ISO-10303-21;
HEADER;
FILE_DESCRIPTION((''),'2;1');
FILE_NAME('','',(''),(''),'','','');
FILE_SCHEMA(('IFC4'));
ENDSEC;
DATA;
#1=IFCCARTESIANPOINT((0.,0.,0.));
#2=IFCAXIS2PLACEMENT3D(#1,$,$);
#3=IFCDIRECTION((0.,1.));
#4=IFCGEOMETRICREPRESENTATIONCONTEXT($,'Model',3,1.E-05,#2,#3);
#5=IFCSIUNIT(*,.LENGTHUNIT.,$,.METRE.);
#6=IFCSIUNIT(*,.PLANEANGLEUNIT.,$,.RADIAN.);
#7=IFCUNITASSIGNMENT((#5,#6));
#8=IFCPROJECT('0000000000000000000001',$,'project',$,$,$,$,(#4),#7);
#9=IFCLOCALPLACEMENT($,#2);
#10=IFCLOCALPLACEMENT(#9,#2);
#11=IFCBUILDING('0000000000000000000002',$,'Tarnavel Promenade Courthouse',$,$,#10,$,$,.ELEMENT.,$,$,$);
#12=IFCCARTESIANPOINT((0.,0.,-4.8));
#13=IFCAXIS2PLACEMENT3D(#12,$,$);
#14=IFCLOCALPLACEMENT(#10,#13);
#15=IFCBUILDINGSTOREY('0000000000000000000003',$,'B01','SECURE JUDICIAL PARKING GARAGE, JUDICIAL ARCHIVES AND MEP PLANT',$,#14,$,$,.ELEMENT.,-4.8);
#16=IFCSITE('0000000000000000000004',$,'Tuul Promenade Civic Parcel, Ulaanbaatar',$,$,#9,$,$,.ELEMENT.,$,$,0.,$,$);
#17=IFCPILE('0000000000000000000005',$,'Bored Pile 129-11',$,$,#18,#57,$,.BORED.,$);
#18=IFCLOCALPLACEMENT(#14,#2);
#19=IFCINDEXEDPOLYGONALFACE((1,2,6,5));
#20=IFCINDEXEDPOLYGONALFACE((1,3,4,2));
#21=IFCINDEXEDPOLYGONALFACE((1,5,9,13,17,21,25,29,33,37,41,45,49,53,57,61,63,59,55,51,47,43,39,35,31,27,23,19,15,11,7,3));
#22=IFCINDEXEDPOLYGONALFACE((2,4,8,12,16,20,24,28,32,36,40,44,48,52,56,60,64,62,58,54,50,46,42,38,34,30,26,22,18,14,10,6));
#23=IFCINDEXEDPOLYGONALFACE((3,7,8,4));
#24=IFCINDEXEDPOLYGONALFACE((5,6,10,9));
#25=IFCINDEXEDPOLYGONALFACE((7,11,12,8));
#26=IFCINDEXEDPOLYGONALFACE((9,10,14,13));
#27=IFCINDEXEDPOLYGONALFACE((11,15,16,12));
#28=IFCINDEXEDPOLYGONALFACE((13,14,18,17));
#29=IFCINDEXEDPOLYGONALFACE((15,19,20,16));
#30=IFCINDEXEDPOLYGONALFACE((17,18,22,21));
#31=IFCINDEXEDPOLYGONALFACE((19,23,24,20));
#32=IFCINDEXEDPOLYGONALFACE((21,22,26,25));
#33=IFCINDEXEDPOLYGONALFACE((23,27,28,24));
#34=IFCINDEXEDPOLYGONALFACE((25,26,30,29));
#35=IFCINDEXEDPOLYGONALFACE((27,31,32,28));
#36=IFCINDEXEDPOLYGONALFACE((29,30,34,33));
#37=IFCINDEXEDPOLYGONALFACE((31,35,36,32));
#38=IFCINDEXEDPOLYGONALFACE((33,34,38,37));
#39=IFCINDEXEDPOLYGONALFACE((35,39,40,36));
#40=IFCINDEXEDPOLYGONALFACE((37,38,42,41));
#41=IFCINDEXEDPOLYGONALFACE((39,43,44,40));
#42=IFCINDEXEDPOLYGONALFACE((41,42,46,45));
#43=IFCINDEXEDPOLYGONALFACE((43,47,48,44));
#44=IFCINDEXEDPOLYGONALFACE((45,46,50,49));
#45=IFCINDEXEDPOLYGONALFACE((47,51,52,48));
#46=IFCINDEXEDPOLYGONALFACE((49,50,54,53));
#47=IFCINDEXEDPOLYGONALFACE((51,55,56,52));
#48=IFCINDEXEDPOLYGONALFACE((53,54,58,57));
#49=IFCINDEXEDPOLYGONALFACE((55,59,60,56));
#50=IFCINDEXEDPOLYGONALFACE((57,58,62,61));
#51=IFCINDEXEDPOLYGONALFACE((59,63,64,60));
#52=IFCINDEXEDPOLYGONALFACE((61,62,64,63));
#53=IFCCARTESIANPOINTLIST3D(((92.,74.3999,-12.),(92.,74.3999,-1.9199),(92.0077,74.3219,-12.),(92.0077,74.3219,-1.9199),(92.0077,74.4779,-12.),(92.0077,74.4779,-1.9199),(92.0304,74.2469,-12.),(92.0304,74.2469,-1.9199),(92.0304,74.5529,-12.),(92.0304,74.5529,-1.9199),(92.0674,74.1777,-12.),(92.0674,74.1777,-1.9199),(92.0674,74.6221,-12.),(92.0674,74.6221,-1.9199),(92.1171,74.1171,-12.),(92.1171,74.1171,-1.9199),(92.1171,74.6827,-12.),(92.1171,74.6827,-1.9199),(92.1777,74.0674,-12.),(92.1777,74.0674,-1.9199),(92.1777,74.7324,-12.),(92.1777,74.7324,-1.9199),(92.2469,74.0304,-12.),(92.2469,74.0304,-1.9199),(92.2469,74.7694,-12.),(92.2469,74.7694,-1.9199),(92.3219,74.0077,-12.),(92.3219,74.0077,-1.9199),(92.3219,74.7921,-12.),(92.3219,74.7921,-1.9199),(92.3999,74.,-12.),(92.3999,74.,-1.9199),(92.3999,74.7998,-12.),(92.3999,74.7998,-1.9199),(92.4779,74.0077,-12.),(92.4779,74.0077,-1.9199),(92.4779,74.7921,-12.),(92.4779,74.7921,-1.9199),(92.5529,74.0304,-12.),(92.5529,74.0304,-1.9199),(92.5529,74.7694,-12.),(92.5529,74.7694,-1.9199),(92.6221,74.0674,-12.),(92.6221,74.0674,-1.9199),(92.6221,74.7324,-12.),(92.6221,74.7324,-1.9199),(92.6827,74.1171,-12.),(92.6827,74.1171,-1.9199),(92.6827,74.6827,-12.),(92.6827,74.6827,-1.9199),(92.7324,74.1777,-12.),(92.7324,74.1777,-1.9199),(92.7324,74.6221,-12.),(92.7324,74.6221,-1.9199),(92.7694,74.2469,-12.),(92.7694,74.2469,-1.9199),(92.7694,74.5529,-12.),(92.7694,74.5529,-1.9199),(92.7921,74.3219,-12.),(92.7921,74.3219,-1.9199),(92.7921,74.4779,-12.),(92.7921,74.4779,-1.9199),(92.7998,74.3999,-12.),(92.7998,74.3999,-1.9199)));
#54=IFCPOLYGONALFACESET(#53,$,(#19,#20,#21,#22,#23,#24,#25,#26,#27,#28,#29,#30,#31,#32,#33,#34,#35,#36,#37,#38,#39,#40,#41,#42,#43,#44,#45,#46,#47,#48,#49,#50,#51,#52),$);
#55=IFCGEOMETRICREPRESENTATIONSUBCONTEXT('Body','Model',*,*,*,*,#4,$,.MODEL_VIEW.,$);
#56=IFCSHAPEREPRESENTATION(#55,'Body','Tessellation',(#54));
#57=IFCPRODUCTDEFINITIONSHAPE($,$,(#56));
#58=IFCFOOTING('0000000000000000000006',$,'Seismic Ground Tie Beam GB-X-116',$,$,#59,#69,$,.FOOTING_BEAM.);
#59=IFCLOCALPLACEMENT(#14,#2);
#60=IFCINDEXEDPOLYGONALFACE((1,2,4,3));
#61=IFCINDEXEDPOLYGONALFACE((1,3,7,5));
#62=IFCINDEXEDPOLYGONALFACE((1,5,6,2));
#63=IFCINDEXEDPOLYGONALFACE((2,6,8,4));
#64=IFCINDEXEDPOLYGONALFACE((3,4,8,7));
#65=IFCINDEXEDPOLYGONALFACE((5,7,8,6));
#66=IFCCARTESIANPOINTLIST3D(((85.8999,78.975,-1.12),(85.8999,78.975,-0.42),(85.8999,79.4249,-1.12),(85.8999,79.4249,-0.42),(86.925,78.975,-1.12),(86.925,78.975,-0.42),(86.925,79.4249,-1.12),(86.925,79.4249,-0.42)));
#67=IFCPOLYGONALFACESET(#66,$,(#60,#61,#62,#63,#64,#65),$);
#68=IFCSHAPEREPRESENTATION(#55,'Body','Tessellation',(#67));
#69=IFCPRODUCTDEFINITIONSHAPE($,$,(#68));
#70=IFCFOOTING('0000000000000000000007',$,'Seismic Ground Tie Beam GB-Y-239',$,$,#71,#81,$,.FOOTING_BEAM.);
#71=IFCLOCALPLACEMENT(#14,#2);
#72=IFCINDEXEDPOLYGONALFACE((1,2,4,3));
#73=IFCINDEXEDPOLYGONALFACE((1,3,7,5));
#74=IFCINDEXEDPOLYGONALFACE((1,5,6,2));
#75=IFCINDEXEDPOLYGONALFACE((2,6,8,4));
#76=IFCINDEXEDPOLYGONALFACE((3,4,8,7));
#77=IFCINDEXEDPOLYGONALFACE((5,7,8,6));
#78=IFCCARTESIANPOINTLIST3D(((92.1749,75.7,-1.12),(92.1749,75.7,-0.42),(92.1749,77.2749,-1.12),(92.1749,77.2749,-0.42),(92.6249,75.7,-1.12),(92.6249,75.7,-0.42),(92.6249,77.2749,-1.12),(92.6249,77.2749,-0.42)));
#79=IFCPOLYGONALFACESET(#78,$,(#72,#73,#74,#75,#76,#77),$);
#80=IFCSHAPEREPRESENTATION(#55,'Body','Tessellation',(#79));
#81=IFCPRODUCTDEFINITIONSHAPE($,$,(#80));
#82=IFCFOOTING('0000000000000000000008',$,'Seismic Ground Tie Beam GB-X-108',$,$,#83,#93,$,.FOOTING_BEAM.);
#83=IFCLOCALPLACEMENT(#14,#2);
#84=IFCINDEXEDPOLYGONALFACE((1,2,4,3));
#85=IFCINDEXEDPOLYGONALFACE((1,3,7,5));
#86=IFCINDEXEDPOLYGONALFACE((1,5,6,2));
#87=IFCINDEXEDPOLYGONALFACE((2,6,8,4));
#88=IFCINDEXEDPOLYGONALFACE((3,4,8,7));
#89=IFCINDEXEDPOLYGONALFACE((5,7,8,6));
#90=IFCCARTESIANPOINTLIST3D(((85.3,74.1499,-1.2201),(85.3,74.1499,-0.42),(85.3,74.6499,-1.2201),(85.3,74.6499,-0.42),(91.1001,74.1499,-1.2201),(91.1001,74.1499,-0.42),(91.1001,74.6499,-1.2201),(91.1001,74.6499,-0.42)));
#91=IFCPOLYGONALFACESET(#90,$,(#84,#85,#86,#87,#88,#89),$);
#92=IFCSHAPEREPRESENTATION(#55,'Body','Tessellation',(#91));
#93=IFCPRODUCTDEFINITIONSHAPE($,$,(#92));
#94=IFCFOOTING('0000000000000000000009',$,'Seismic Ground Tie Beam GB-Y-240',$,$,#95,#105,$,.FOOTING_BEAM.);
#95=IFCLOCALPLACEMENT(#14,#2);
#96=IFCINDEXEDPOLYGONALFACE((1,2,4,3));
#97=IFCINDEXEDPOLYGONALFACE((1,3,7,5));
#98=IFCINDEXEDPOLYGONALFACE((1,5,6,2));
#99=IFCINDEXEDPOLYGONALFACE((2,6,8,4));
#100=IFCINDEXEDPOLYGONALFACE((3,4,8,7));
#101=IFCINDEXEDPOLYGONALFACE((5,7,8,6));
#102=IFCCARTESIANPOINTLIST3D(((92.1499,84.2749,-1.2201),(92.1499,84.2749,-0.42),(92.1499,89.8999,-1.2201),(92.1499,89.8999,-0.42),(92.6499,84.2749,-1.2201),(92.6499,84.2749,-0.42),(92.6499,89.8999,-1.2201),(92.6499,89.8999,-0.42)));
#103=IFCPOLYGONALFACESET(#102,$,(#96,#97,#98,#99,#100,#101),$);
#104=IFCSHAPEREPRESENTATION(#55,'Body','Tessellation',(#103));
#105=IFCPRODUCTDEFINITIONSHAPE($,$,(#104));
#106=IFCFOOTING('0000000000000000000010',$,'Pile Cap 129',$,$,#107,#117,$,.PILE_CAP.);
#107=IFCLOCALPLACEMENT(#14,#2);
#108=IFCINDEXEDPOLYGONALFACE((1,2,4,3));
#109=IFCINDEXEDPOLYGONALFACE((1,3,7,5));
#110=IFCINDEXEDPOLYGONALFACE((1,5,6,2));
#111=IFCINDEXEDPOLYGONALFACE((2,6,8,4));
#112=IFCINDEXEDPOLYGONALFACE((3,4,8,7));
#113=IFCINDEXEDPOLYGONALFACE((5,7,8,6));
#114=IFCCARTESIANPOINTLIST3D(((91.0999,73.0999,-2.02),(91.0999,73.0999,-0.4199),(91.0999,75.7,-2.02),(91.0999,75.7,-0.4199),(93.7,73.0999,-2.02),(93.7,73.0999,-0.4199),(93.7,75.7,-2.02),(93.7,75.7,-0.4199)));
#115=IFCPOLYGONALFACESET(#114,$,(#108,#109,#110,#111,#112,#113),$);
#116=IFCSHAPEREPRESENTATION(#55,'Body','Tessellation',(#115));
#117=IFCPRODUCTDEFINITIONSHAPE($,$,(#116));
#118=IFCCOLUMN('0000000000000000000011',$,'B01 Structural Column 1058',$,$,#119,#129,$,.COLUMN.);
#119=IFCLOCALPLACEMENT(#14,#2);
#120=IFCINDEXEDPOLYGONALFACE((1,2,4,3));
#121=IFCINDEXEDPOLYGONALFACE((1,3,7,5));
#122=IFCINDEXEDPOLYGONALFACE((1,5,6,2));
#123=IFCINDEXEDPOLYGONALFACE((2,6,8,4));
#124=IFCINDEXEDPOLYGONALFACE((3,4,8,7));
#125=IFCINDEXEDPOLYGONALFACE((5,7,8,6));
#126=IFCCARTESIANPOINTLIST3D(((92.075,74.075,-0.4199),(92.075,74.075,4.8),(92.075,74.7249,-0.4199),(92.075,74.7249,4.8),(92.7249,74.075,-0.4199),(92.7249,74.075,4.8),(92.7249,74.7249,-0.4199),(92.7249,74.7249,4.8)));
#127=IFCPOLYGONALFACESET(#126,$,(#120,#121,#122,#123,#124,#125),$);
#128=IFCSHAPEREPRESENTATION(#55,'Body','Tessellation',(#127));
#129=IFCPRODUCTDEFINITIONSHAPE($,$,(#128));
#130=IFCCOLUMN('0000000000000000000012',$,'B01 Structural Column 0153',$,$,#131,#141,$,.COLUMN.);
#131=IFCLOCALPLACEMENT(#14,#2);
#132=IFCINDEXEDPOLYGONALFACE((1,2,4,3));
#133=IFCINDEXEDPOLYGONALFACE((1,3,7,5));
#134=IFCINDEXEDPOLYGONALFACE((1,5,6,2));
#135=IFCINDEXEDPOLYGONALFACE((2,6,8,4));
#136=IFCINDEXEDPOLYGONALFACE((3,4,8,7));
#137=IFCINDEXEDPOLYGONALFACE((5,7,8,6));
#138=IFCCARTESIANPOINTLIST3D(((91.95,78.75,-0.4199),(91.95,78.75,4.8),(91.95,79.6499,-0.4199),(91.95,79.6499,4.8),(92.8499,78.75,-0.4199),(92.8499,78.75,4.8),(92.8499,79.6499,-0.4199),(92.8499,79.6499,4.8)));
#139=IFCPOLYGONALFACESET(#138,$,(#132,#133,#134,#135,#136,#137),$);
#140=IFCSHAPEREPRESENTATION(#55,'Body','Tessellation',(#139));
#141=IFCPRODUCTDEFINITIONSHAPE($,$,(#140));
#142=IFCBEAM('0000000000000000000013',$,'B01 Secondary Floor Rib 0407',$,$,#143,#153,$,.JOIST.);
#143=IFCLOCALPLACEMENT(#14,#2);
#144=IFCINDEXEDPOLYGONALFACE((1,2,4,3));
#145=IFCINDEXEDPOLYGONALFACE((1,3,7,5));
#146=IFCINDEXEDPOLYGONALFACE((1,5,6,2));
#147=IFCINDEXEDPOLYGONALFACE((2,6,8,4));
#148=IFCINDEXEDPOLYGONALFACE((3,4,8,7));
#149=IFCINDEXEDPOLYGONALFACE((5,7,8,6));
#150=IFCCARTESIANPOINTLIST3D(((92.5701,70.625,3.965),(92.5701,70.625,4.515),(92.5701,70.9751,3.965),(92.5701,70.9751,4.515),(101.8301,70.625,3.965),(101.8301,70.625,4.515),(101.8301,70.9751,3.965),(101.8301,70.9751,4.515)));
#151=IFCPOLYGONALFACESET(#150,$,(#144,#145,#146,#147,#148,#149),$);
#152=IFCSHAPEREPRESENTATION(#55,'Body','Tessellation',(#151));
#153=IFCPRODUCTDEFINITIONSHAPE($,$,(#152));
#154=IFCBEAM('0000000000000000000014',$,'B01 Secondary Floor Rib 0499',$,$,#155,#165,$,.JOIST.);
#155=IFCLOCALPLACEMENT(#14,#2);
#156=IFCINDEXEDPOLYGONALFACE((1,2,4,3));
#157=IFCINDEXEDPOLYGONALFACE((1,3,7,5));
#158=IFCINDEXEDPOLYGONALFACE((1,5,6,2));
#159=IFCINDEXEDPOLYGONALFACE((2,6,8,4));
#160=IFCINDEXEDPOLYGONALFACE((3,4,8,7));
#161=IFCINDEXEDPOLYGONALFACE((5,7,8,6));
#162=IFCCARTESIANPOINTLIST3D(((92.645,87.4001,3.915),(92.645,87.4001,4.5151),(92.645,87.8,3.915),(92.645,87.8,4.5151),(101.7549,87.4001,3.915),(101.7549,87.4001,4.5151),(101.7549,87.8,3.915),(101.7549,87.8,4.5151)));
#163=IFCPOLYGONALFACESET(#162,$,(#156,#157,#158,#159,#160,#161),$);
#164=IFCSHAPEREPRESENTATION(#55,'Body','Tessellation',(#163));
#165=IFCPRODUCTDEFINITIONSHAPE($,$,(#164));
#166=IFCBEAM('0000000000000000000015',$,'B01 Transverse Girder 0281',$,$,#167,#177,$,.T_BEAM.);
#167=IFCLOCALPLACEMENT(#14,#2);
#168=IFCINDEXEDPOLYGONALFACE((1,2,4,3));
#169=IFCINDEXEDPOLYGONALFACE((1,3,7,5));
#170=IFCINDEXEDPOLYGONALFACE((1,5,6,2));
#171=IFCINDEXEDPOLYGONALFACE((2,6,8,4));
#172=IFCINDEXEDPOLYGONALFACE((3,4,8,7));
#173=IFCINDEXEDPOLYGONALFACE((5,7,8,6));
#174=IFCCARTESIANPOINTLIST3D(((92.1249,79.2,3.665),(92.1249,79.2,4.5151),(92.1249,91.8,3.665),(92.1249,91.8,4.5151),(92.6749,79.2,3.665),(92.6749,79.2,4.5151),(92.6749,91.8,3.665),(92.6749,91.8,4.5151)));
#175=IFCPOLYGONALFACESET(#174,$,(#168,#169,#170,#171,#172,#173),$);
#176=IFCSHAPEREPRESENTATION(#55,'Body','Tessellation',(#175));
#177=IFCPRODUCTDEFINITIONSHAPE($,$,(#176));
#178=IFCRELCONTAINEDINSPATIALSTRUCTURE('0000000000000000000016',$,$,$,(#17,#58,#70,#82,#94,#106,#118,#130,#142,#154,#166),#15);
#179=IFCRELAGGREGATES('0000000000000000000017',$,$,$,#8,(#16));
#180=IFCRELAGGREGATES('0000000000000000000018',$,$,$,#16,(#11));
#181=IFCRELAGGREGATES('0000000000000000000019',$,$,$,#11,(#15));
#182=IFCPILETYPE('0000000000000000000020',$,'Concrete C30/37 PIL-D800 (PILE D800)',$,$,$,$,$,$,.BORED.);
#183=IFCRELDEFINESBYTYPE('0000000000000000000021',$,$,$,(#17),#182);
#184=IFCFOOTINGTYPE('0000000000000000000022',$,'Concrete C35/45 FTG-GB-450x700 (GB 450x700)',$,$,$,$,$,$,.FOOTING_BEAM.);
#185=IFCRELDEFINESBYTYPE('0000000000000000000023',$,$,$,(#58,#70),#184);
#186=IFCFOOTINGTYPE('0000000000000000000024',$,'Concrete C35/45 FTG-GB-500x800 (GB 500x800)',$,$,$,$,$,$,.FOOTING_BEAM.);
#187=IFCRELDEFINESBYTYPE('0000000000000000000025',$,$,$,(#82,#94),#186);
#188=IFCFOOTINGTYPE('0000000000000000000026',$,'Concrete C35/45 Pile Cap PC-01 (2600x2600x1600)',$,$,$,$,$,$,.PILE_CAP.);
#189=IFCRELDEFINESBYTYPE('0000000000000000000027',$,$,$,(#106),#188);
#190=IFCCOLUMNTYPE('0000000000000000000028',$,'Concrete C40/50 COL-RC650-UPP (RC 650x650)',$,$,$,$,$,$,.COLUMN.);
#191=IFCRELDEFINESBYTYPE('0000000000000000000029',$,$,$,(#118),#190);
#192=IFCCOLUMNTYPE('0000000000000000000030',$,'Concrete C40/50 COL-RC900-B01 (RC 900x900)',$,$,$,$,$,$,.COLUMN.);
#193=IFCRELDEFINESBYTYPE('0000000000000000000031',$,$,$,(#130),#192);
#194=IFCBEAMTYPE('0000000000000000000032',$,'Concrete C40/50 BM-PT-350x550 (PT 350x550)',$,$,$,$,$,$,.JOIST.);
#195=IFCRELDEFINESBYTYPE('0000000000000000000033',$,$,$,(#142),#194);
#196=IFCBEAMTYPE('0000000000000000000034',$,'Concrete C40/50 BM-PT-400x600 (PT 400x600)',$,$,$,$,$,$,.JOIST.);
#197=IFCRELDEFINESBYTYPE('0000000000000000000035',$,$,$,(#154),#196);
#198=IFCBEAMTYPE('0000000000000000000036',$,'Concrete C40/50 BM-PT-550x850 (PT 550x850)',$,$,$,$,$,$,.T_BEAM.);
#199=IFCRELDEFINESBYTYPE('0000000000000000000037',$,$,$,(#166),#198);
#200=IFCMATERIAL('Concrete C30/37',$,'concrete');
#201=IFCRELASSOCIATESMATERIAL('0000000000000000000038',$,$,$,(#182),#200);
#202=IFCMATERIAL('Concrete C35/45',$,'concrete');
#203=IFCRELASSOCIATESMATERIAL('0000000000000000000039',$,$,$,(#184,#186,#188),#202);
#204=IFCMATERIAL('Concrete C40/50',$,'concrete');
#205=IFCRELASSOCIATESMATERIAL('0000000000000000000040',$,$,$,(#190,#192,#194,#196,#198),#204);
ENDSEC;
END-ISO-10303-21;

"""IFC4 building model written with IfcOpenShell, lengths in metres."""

from ifc_helpers import new_model, si_unit, direction, frame, origin, origin_2d, place, context, subcontext, project, spatial, rectangle, circle, extrude, material, material_profile, profile_set, type_object, element, save


model = new_model("IFC4")

# Units and contexts
model_context = context("Model", 3, precision=1e-05, world=origin(), true_north=direction((0.0, 1.0)))
body_context = subcontext(model_context, "Body", "Model", "MODEL_VIEW")
ifc_project = project(units=[si_unit("LENGTHUNIT", "METRE"), si_unit("PLANEANGLEUNIT", "RADIAN")], contexts=[model_context])

# Site, building, storey
site_placement = place(None, origin())
site = spatial("IfcSite", under=ifc_project, at=site_placement, Name="Tuul Promenade Civic Parcel, Ulaanbaatar", CompositionType="ELEMENT", RefElevation=0.0)
building_placement = place(site_placement, origin())
building = spatial("IfcBuilding", under=site, at=building_placement, Name="Tarnavel Promenade Courthouse", CompositionType="ELEMENT")
storey_placement = place(building_placement, frame((0.0, 0.0, -4.8)))
storey = spatial("IfcBuildingStorey", under=building, at=storey_placement, Name="B01", Description="SECURE JUDICIAL PARKING GARAGE, JUDICIAL ARCHIVES AND MEP PLANT", CompositionType="ELEMENT", Elevation=-4.8)

# Pile
ifc_material_1 = material(Name="Concrete C30/37", Category="concrete")
ifc_material_profile_1 = material_profile(ifc_material_1, circle(Radius=0.3999, at=origin_2d()), Name="PILE D800")
ifc_profile_set_1 = profile_set([ifc_material_profile_1], Name="Concrete C30/37")
pile_type_1 = type_object("IfcPileType", Name="Concrete C30/37 PIL-D800 (PILE D800)", PredefinedType="BORED", material=ifc_profile_set_1)
pile_placement = place(storey_placement, frame((92.3999, 74.3999, -1.9199), z_axis=(0.0, 0.0, -1.0), x_axis=(1.0, 0.0, 0.0)))
element("IfcPile", 1, at=pile_placement, inside=storey, type_object=pile_type_1, Name="Bored Pile 129-11", PredefinedType="BORED", context=body_context, shape_type="SweptSolid", body=[
    extrude(circle(Radius=0.3999, at=origin_2d()), origin(), (0.0, 0.0, 1.0), 10.0801),
])

# Footings
ifc_material_2 = material(Name="Concrete C35/45", Category="concrete")
ifc_material_profile_2 = material_profile(ifc_material_2, rectangle(XDim=0.45, YDim=0.7, at=origin_2d()), Name="GB 450x700")
ifc_profile_set_2 = profile_set([ifc_material_profile_2], Name="Concrete C35/45")
footing_type_1 = type_object("IfcFootingType", Name="Concrete C35/45 FTG-GB-450x700 (GB 450x700)", PredefinedType="FOOTING_BEAM", material=ifc_profile_set_2)
footing_1_placement = place(storey_placement, frame((85.8999, 79.2, -0.77), z_axis=(1.0, 0.0, 0.0), x_axis=(0.0, 1.0, 0.0)))
element("IfcFooting", 2, at=footing_1_placement, inside=storey, type_object=footing_type_1, Name="Seismic Ground Tie Beam GB-X-116", PredefinedType="FOOTING_BEAM", context=body_context, shape_type="SweptSolid", body=[
    extrude(rectangle(XDim=0.45, YDim=0.7, at=origin_2d()), origin(), (0.0, 0.0, 1.0), 1.0251),
])
footing_2_placement = place(storey_placement, frame((92.3999, 75.7, -0.77), z_axis=(0.0, 1.0, 0.0), x_axis=(-1.0, 0.0, 0.0)))
element("IfcFooting", 3, at=footing_2_placement, inside=storey, type_object=footing_type_1, Name="Seismic Ground Tie Beam GB-Y-239", PredefinedType="FOOTING_BEAM", context=body_context, shape_type="SweptSolid", body=[
    extrude(rectangle(XDim=0.45, YDim=0.7, at=origin_2d()), origin(), (0.0, 0.0, 1.0), 1.575),
])
ifc_material_profile_3 = material_profile(ifc_material_2, rectangle(XDim=0.5, YDim=0.8, at=origin_2d()), Name="GB 500x800")
ifc_profile_set_3 = profile_set([ifc_material_profile_3], Name="Concrete C35/45")
footing_type_2 = type_object("IfcFootingType", Name="Concrete C35/45 FTG-GB-500x800 (GB 500x800)", PredefinedType="FOOTING_BEAM", material=ifc_profile_set_3)
footing_3_placement = place(storey_placement, frame((85.3, 74.3999, -0.8201), z_axis=(1.0, 0.0, 0.0), x_axis=(0.0, 1.0, 0.0)))
element("IfcFooting", 4, at=footing_3_placement, inside=storey, type_object=footing_type_2, Name="Seismic Ground Tie Beam GB-X-108", PredefinedType="FOOTING_BEAM", context=body_context, shape_type="SweptSolid", body=[
    extrude(rectangle(XDim=0.5, YDim=0.8, at=origin_2d()), origin(), (0.0, 0.0, 1.0), 5.8),
])
footing_4_placement = place(storey_placement, frame((92.3999, 84.2749, -0.8201), z_axis=(0.0, 1.0, 0.0), x_axis=(-1.0, 0.0, 0.0)))
element("IfcFooting", 5, at=footing_4_placement, inside=storey, type_object=footing_type_2, Name="Seismic Ground Tie Beam GB-Y-240", PredefinedType="FOOTING_BEAM", context=body_context, shape_type="SweptSolid", body=[
    extrude(rectangle(XDim=0.5, YDim=0.8, at=origin_2d()), origin(), (0.0, 0.0, 1.0), 5.625),
])
footing_type_3 = type_object("IfcFootingType", Name="Concrete C35/45 Pile Cap PC-01 (2600x2600x1600)", PredefinedType="PILE_CAP", material=ifc_material_2)
footing_5_placement = place(storey_placement, frame((92.3999, 74.3999, -2.02), z_axis=(0.0, 0.0, 1.0), x_axis=(1.0, 0.0, 0.0)))
element("IfcFooting", 6, at=footing_5_placement, inside=storey, type_object=footing_type_3, Name="Pile Cap 129", PredefinedType="PILE_CAP", context=body_context, shape_type="SweptSolid", body=[
    extrude(rectangle(XDim=2.6001, YDim=2.6001, at=origin_2d()), origin(), (0.0, 0.0, 1.0), 1.6001),
])

# Columns
ifc_material_3 = material(Name="Concrete C40/50", Category="concrete")
ifc_material_profile_4 = material_profile(ifc_material_3, rectangle(XDim=0.6499, YDim=0.6499, at=origin_2d()), Name="RC 650x650")
ifc_profile_set_4 = profile_set([ifc_material_profile_4], Name="Concrete C40/50")
column_type_1 = type_object("IfcColumnType", Name="Concrete C40/50 COL-RC650-UPP (RC 650x650)", PredefinedType="COLUMN", material=ifc_profile_set_4)
column_1_placement = place(storey_placement, frame((92.3999, 74.3999, -0.4199), z_axis=(0.0, 0.0, 1.0), x_axis=(1.0, 0.0, 0.0)))
element("IfcColumn", 7, at=column_1_placement, inside=storey, type_object=column_type_1, Name="B01 Structural Column 1058", PredefinedType="COLUMN", context=body_context, shape_type="SweptSolid", body=[
    extrude(rectangle(XDim=0.6499, YDim=0.6499, at=origin_2d()), origin(), (0.0, 0.0, 1.0), 5.22),
])
ifc_material_profile_5 = material_profile(ifc_material_3, rectangle(XDim=0.8999, YDim=0.8999, at=origin_2d()), Name="RC 900x900")
ifc_profile_set_5 = profile_set([ifc_material_profile_5], Name="Concrete C40/50")
column_type_2 = type_object("IfcColumnType", Name="Concrete C40/50 COL-RC900-B01 (RC 900x900)", PredefinedType="COLUMN", material=ifc_profile_set_5)
column_2_placement = place(storey_placement, frame((92.3999, 79.2, -0.4199), z_axis=(0.0, 0.0, 1.0), x_axis=(1.0, 0.0, 0.0)))
element("IfcColumn", 8, at=column_2_placement, inside=storey, type_object=column_type_2, Name="B01 Structural Column 0153", PredefinedType="COLUMN", context=body_context, shape_type="SweptSolid", body=[
    extrude(rectangle(XDim=0.8999, YDim=0.8999, at=origin_2d()), origin(), (0.0, 0.0, 1.0), 5.22),
])

# Beams
ifc_material_profile_6 = material_profile(ifc_material_3, rectangle(XDim=0.3501, YDim=0.55, at=origin_2d()), Name="PT 350x550")
ifc_profile_set_6 = profile_set([ifc_material_profile_6], Name="Concrete C40/50")
beam_type_1 = type_object("IfcBeamType", Name="Concrete C40/50 BM-PT-350x550 (PT 350x550)", PredefinedType="JOIST", material=ifc_profile_set_6)
beam_1_placement = place(storey_placement, frame((92.5701, 70.8, 4.24), z_axis=(1.0, 0.0, 0.0), x_axis=(0.0, 1.0, 0.0)))
element("IfcBeam", 9, at=beam_1_placement, inside=storey, type_object=beam_type_1, Name="B01 Secondary Floor Rib 0407", PredefinedType="JOIST", context=body_context, shape_type="SweptSolid", body=[
    extrude(rectangle(XDim=0.3501, YDim=0.55, at=origin_2d()), origin(), (0.0, 0.0, 1.0), 9.26),
])
ifc_material_profile_7 = material_profile(ifc_material_3, rectangle(XDim=0.3999, YDim=0.6001, at=origin_2d()), Name="PT 400x600")
ifc_profile_set_7 = profile_set([ifc_material_profile_7], Name="Concrete C40/50")
beam_type_2 = type_object("IfcBeamType", Name="Concrete C40/50 BM-PT-400x600 (PT 400x600)", PredefinedType="JOIST", material=ifc_profile_set_7)
beam_2_placement = place(storey_placement, frame((92.645, 87.6001, 4.2151), z_axis=(1.0, 0.0, 0.0), x_axis=(0.0, 1.0, 0.0)))
element("IfcBeam", 10, at=beam_2_placement, inside=storey, type_object=beam_type_2, Name="B01 Secondary Floor Rib 0499", PredefinedType="JOIST", context=body_context, shape_type="SweptSolid", body=[
    extrude(rectangle(XDim=0.3999, YDim=0.6001, at=origin_2d()), origin(), (0.0, 0.0, 1.0), 9.1099),
])
ifc_material_profile_8 = material_profile(ifc_material_3, rectangle(XDim=0.55, YDim=0.8501, at=origin_2d()), Name="PT 550x850")
ifc_profile_set_8 = profile_set([ifc_material_profile_8], Name="Concrete C40/50")
beam_type_3 = type_object("IfcBeamType", Name="Concrete C40/50 BM-PT-550x850 (PT 550x850)", PredefinedType="T_BEAM", material=ifc_profile_set_8)
beam_3_placement = place(storey_placement, frame((92.3999, 79.2, 4.0901), z_axis=(0.0, 1.0, 0.0), x_axis=(-1.0, 0.0, 0.0)))
element("IfcBeam", 11, at=beam_3_placement, inside=storey, type_object=beam_type_3, Name="B01 Transverse Girder 0281", PredefinedType="T_BEAM", context=body_context, shape_type="SweptSolid", body=[
    extrude(rectangle(XDim=0.55, YDim=0.8501, at=origin_2d()), origin(), (0.0, 0.0, 1.0), 12.6001),
])

save(model, "model.ifc")
